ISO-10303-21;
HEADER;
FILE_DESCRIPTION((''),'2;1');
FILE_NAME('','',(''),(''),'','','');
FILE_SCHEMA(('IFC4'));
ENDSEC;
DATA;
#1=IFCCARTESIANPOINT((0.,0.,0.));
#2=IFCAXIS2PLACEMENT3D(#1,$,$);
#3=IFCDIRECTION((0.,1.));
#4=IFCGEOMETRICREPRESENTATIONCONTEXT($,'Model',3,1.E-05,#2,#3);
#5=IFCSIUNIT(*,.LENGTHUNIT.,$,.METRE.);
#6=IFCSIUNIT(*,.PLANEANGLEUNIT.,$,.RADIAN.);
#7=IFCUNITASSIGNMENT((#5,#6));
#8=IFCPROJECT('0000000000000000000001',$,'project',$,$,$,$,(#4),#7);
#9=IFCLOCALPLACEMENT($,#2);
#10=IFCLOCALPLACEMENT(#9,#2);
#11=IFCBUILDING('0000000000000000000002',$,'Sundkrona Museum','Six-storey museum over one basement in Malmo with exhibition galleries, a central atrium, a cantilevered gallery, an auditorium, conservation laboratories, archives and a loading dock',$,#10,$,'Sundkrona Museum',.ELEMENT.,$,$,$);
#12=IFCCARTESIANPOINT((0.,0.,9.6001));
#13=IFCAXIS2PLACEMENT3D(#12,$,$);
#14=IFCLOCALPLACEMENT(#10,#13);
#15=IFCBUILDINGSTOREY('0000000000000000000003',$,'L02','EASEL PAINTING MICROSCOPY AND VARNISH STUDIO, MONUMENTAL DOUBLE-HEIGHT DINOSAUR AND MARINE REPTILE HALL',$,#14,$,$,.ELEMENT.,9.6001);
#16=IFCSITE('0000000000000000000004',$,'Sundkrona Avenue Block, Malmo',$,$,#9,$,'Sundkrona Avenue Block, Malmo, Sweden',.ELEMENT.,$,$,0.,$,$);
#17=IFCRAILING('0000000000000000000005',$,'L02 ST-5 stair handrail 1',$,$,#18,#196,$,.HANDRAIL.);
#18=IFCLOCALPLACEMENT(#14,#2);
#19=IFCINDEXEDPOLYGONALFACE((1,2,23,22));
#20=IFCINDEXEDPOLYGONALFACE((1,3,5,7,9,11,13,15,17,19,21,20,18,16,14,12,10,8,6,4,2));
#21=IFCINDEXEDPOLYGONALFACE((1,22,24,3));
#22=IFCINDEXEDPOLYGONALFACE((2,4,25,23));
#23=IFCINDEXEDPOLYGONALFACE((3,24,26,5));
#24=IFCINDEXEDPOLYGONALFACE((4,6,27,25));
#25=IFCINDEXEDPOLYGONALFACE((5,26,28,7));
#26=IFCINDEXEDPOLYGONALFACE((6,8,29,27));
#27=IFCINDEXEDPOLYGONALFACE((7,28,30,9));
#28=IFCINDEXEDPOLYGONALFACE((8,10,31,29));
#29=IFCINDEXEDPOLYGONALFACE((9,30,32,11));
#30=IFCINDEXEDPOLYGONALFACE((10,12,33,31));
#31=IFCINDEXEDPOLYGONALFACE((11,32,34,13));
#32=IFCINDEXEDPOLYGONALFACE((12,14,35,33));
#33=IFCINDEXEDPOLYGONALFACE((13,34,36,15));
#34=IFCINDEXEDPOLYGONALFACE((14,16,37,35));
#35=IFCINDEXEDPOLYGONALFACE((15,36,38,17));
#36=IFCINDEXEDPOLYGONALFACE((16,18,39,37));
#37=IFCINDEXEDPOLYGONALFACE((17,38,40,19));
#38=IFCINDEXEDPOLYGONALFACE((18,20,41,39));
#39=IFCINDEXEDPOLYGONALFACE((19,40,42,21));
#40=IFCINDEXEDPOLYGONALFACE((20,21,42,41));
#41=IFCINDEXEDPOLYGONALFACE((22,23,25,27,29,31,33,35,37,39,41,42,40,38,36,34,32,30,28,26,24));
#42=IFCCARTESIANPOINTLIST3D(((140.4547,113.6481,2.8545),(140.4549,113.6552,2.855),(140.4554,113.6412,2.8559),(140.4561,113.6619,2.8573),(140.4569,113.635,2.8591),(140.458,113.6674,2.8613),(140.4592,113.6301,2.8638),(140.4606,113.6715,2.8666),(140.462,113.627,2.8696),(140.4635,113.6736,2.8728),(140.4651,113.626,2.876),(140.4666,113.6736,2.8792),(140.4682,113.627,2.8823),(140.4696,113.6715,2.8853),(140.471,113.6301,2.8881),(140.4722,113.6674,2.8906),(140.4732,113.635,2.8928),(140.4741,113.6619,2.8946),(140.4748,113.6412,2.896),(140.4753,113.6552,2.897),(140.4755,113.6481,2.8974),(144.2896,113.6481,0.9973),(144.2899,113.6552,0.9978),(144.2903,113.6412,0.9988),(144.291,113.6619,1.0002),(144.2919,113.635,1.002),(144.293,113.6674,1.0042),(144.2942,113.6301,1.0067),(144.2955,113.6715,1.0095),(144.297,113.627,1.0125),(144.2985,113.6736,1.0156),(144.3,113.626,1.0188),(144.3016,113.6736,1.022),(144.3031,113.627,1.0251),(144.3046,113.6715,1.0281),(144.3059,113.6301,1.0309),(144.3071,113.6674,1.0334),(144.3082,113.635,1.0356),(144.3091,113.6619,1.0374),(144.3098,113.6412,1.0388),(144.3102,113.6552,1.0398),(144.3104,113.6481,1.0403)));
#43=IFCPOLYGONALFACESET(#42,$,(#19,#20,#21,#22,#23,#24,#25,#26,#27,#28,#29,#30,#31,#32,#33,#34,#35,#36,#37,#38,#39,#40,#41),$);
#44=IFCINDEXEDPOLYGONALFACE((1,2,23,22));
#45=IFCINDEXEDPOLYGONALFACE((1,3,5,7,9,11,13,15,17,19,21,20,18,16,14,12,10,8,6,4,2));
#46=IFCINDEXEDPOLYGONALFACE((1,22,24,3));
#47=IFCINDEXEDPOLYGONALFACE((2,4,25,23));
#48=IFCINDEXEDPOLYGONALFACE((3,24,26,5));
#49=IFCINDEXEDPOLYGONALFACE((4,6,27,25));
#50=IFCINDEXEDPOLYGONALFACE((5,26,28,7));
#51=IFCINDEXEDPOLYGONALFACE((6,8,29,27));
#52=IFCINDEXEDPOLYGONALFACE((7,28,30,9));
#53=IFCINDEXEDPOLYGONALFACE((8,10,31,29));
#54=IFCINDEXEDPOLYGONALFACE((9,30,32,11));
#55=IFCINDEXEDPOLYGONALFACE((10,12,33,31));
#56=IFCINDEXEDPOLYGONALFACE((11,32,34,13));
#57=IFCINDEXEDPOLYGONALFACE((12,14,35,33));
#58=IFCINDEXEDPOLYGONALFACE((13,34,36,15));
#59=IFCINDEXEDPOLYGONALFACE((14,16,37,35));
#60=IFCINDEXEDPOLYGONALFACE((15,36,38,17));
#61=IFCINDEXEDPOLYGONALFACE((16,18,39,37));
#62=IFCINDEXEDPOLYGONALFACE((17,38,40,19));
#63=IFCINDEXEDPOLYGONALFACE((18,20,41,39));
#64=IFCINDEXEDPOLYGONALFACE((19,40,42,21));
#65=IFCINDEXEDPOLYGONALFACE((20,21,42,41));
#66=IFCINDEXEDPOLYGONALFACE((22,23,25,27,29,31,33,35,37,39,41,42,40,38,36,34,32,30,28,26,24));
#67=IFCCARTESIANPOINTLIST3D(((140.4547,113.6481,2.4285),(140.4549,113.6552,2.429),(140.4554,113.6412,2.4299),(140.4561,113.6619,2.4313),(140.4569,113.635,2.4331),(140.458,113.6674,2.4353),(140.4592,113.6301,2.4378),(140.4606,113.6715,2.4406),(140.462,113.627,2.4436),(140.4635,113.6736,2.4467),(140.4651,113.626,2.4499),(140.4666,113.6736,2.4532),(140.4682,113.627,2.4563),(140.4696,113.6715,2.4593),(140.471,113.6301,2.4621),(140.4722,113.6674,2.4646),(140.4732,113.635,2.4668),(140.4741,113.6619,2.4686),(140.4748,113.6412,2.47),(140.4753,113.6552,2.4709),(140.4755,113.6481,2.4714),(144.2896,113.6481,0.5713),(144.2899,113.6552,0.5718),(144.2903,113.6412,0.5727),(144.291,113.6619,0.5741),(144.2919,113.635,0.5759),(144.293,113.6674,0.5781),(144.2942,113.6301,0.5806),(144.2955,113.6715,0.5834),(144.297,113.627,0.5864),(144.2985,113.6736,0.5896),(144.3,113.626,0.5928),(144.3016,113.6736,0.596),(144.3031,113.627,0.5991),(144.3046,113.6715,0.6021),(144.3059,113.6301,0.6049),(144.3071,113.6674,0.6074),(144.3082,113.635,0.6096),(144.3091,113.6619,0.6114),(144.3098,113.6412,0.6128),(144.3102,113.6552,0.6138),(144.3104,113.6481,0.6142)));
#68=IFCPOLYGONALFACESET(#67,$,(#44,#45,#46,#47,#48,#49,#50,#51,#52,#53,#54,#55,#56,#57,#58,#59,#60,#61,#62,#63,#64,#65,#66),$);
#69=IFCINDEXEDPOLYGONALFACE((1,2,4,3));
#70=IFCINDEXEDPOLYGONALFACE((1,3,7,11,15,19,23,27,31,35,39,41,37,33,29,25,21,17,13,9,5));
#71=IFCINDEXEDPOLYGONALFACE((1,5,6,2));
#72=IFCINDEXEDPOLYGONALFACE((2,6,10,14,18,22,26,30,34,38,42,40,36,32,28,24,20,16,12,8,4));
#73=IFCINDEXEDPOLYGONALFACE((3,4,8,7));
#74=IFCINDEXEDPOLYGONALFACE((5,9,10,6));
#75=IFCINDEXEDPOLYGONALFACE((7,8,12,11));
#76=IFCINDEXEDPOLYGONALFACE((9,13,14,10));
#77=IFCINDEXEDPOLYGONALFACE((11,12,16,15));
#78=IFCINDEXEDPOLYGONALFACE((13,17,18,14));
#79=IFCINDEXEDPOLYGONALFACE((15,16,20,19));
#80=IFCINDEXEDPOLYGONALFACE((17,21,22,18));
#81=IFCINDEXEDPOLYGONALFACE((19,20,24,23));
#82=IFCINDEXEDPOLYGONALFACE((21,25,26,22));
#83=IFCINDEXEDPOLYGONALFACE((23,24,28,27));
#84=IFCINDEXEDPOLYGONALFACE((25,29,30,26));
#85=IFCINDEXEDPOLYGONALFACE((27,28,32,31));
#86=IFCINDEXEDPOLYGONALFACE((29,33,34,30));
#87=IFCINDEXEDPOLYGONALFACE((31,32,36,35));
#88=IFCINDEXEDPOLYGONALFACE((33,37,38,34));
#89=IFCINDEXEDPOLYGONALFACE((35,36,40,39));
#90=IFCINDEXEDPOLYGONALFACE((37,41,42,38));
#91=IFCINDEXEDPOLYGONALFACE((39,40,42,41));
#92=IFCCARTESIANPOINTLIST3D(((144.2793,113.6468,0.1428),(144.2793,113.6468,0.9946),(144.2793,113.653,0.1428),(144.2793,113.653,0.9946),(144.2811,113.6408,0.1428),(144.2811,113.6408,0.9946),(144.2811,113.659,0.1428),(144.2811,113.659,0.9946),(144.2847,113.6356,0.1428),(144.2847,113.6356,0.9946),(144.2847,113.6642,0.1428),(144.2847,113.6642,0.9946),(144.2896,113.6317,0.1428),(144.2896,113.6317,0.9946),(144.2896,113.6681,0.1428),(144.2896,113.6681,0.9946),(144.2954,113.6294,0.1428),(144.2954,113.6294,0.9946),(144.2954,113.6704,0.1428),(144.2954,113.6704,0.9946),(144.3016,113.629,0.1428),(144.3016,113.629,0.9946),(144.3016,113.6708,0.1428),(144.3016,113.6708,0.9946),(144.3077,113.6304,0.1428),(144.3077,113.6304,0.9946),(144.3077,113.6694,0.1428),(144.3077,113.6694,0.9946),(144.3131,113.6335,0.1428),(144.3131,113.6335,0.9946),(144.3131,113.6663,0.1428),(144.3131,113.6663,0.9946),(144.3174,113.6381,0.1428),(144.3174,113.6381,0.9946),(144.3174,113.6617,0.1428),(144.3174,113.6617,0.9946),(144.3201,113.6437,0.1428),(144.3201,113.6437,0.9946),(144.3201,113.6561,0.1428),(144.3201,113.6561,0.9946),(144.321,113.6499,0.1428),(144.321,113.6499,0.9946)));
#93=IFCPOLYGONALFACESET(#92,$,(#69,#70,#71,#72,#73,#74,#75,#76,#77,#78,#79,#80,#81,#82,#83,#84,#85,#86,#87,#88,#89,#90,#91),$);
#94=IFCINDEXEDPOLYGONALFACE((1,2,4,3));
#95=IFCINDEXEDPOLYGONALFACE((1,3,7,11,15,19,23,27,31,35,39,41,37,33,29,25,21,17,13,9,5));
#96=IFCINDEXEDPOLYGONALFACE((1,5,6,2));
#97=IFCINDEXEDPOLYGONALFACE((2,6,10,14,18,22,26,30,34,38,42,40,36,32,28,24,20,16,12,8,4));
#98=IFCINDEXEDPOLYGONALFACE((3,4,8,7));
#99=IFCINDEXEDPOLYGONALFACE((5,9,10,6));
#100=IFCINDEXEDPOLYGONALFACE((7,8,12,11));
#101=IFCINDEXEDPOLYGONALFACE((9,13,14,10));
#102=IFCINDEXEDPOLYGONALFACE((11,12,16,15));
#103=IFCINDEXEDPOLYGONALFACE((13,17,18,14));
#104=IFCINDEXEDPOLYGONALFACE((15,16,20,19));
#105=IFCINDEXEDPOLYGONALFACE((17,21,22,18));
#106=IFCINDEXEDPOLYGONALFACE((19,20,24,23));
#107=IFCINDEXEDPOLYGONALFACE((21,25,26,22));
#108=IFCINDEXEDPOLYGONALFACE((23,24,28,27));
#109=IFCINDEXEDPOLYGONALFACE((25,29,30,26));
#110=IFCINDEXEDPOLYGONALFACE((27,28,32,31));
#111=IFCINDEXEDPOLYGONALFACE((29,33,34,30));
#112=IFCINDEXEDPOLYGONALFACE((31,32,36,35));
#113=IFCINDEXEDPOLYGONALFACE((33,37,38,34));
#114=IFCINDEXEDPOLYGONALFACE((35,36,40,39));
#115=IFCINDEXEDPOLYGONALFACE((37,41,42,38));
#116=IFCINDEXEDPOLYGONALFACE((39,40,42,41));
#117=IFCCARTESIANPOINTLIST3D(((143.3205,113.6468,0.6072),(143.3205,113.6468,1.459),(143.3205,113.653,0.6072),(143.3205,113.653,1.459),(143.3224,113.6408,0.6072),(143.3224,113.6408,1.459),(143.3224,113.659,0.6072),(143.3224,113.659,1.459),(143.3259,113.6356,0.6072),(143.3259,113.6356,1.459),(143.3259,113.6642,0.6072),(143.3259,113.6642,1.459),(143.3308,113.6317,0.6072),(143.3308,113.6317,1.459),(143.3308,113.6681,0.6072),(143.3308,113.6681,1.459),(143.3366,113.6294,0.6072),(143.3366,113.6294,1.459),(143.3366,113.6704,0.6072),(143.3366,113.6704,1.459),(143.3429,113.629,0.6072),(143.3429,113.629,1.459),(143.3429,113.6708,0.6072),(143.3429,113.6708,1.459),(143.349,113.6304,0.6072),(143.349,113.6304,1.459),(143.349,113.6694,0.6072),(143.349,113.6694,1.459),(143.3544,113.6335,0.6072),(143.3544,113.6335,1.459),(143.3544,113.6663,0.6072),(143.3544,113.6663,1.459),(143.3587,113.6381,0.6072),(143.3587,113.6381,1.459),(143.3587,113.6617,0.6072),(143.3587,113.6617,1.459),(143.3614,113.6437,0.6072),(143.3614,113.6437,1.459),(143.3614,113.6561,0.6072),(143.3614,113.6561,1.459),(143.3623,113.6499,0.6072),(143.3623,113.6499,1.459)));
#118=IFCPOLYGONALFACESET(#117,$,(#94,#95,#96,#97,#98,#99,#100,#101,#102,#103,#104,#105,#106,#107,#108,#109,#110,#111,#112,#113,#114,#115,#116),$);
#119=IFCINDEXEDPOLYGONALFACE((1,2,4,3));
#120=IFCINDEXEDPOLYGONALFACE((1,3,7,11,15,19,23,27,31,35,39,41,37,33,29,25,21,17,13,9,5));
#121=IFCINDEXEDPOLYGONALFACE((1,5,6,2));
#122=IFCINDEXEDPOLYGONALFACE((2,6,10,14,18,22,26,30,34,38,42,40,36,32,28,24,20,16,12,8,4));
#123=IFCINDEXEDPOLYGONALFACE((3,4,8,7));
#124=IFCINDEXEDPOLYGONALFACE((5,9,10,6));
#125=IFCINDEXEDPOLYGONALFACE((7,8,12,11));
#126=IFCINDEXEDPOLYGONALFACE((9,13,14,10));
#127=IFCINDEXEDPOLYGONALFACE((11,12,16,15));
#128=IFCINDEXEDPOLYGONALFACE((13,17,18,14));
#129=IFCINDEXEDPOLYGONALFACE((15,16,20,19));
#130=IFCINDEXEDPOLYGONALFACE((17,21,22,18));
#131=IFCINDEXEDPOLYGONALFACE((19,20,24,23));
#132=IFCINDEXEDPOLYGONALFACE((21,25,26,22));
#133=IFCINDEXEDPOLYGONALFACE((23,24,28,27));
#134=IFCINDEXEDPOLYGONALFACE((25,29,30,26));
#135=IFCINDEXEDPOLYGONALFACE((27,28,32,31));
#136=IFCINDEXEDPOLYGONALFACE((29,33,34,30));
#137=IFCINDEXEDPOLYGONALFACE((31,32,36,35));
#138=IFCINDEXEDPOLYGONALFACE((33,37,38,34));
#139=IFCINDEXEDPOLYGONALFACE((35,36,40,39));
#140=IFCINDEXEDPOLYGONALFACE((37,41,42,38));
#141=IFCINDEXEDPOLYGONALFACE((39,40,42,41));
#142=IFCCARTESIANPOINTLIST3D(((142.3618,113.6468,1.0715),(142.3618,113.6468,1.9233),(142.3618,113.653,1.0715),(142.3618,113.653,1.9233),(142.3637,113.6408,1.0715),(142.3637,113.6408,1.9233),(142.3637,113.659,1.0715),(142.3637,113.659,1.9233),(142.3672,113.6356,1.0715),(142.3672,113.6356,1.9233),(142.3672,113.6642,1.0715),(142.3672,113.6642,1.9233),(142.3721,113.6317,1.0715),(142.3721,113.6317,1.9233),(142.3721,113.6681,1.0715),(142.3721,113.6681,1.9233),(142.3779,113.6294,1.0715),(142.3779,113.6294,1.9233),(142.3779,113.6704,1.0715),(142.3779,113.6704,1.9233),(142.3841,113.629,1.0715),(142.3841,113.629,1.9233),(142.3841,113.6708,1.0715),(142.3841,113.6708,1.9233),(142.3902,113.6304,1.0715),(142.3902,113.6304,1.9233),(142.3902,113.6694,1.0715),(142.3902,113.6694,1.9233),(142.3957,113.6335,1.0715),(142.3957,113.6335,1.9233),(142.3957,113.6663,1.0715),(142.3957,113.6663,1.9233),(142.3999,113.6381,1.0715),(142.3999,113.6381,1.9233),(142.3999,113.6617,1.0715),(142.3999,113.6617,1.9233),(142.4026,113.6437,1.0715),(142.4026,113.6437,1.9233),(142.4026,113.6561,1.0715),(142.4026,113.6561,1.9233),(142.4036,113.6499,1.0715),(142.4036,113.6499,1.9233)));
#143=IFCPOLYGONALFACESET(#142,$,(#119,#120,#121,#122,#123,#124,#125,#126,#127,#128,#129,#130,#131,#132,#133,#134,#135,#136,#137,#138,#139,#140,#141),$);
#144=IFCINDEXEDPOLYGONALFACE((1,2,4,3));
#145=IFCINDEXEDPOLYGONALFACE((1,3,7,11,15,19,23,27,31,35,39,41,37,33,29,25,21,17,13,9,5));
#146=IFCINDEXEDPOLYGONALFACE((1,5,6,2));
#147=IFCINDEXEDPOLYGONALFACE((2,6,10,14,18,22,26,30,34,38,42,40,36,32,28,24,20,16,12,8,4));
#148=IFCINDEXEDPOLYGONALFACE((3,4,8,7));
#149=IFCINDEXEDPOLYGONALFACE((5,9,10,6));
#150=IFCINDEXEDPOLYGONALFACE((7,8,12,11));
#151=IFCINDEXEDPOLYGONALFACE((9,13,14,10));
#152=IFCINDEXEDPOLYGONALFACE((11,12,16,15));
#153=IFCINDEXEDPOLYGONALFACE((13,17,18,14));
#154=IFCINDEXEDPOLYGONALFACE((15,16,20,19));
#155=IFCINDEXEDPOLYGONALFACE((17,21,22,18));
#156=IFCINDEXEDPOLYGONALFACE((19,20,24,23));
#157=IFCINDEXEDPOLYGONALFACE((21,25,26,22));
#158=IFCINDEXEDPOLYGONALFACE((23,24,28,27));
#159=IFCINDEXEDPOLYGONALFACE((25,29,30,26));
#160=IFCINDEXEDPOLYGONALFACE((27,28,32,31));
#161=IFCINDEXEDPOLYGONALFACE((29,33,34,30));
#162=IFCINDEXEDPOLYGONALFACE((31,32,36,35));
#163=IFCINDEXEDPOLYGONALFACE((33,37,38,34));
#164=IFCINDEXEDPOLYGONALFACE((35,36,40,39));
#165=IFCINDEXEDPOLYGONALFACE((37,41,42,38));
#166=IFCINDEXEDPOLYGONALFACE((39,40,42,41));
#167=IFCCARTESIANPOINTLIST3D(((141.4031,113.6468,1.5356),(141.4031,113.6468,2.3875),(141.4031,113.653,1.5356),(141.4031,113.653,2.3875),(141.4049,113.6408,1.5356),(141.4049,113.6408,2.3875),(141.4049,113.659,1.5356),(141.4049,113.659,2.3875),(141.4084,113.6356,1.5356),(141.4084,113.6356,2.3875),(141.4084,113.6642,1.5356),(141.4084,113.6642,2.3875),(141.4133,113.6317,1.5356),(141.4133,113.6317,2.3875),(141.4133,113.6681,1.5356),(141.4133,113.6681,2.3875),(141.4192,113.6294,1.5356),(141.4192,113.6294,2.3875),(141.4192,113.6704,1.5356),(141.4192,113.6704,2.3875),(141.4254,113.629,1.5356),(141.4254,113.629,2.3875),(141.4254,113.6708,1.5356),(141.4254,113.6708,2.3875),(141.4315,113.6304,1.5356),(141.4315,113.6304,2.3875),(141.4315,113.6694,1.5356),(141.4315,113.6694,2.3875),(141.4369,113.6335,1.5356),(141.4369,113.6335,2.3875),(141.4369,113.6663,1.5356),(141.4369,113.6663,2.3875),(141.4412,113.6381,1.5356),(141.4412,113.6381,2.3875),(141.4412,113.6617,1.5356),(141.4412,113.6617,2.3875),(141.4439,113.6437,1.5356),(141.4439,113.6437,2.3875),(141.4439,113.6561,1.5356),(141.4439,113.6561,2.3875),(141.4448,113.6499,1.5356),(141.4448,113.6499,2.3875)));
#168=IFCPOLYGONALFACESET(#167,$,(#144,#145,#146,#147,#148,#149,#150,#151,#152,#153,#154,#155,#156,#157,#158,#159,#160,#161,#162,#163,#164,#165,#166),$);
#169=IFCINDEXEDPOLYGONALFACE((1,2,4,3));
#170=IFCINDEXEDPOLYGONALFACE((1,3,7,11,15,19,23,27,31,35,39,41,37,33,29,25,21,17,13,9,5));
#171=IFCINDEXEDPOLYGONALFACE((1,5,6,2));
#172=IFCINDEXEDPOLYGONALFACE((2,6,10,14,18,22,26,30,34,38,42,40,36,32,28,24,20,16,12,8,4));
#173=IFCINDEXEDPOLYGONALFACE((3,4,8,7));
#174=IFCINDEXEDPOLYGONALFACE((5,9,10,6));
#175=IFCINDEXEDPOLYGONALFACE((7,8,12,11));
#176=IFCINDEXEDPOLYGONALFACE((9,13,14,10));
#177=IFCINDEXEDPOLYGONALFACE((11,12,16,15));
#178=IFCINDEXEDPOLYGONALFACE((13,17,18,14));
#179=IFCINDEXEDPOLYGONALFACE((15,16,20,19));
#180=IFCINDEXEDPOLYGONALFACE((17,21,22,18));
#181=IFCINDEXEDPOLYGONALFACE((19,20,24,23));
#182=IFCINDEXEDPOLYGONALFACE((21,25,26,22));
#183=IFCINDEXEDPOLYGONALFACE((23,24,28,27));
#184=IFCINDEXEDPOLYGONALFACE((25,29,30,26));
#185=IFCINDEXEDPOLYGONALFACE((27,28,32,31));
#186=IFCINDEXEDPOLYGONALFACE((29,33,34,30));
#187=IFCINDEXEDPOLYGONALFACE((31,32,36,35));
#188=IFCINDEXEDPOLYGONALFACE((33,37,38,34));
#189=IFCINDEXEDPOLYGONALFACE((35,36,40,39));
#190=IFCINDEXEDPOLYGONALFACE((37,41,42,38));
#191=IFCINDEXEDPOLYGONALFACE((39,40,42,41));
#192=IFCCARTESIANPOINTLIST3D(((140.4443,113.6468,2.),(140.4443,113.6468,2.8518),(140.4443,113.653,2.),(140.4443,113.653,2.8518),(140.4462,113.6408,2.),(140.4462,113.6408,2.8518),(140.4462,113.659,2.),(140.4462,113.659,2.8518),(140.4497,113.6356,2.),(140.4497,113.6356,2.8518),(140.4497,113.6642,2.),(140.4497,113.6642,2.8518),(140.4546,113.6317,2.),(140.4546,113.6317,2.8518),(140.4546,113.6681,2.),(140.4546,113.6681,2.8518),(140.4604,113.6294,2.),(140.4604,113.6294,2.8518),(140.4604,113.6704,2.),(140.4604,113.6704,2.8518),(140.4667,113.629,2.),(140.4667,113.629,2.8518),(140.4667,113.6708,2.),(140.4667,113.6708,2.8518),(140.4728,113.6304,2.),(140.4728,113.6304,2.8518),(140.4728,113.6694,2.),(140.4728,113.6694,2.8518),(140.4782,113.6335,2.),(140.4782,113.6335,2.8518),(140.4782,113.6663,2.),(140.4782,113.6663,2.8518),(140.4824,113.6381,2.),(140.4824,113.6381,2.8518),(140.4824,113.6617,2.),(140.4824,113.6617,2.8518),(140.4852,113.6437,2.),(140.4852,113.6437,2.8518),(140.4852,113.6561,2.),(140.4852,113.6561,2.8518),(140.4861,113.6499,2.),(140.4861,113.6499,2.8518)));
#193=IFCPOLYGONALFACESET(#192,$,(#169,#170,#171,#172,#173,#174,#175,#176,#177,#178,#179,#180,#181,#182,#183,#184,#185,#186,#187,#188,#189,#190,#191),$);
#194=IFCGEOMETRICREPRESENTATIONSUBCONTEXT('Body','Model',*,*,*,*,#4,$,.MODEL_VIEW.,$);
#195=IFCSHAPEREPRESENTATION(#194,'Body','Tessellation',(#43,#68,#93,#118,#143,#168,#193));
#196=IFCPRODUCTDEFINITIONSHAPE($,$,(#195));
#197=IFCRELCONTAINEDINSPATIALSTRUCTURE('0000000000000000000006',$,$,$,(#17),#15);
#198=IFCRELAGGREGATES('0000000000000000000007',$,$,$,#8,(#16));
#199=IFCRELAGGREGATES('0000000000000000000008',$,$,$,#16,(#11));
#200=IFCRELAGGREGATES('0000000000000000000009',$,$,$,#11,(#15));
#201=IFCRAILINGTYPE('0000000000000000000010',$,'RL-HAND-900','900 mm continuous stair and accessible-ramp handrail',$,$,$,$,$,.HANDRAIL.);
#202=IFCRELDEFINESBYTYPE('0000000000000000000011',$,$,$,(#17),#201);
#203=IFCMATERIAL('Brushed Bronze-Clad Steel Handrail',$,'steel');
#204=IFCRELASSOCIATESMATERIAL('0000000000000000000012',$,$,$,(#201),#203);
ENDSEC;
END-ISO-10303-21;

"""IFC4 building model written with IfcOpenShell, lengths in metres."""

from ifc_helpers import new_model, si_unit, direction, frame, origin, origin_2d, place, context, subcontext, project, spatial, circle, extrude, material, type_object, element, save


model = new_model("IFC4")

# Units and contexts
model_context = context("Model", 3, precision=1e-05, world=origin(), true_north=direction((0.0, 1.0)))
body_context = subcontext(model_context, "Body", "Model", "MODEL_VIEW")
ifc_project = project(units=[si_unit("LENGTHUNIT", "METRE"), si_unit("PLANEANGLEUNIT", "RADIAN")], contexts=[model_context])

# Site, building, storey
site_placement = place(None, origin())
site = spatial("IfcSite", under=ifc_project, at=site_placement, Name="Sundkrona Avenue Block, Malmo", LongName="Sundkrona Avenue Block, Malmo, Sweden", CompositionType="ELEMENT", RefElevation=0.0)
building_placement = place(site_placement, origin())
building = spatial("IfcBuilding", under=site, at=building_placement, Name="Sundkrona Museum", Description="Six-storey museum over one basement in Malmo with exhibition galleries, a central atrium, a cantilevered gallery, an auditorium, conservation laboratories, archives and a loading dock", LongName="Sundkrona Museum", CompositionType="ELEMENT")
storey_placement = place(building_placement, frame((0.0, 0.0, 9.6001)))
storey = spatial("IfcBuildingStorey", under=building, at=storey_placement, Name="L02", Description="EASEL PAINTING MICROSCOPY AND VARNISH STUDIO, MONUMENTAL DOUBLE-HEIGHT DINOSAUR AND MARINE REPTILE HALL", CompositionType="ELEMENT", Elevation=9.6001)

# Railing
ifc_material_1 = material(Name="Brushed Bronze-Clad Steel Handrail", Category="steel")
railing_type_1 = type_object("IfcRailingType", Name="RL-HAND-900", Description="900 mm continuous stair and accessible-ramp handrail", PredefinedType="HANDRAIL", material=ifc_material_1)
for number, where, name in (
    (1, (144.3, 113.6499, 0.1428), "L02 ST-5 stair handrail 1"),
):
    element("IfcRailing", number, at=place(storey_placement, frame(where)), inside=storey, type_object=railing_type_1, Name=name, PredefinedType="HANDRAIL", context=body_context, shape_type="SweptSolid", body=[
        extrude(circle(Radius=0.0239, at=origin_2d()), frame((0.0, 0.0, 0.876), z_axis=(-0.900016, 0.0, 0.435856), x_axis=(0.0, -1.0, 0.0)), (0.0, 0.0, 1.0), 4.261),
        extrude(circle(Radius=0.0239, at=origin_2d()), frame((0.0, 0.0, 0.45), z_axis=(-0.900016, 0.0, 0.435856), x_axis=(0.0, -1.0, 0.0)), (0.0, 0.0, 1.0), 4.261),
        extrude(circle(Radius=0.021, at=origin_2d()), origin(), (0.0, 0.0, 1.0), 0.8518),
        extrude(circle(Radius=0.021, at=origin_2d()), frame((-0.9587, 0.0, 0.4644)), (0.0, 0.0, 1.0), 0.8518),
        extrude(circle(Radius=0.021, at=origin_2d()), frame((-1.9175, 0.0, 0.9287)), (0.0, 0.0, 1.0), 0.8518),
        extrude(circle(Radius=0.021, at=origin_2d()), frame((-2.8762, 0.0, 1.3928)), (0.0, 0.0, 1.0), 0.8518),
        extrude(circle(Radius=0.021, at=origin_2d()), frame((-3.835, 0.0, 1.8572)), (0.0, 0.0, 1.0), 0.8518),
    ])

save(model, "model.ifc")
